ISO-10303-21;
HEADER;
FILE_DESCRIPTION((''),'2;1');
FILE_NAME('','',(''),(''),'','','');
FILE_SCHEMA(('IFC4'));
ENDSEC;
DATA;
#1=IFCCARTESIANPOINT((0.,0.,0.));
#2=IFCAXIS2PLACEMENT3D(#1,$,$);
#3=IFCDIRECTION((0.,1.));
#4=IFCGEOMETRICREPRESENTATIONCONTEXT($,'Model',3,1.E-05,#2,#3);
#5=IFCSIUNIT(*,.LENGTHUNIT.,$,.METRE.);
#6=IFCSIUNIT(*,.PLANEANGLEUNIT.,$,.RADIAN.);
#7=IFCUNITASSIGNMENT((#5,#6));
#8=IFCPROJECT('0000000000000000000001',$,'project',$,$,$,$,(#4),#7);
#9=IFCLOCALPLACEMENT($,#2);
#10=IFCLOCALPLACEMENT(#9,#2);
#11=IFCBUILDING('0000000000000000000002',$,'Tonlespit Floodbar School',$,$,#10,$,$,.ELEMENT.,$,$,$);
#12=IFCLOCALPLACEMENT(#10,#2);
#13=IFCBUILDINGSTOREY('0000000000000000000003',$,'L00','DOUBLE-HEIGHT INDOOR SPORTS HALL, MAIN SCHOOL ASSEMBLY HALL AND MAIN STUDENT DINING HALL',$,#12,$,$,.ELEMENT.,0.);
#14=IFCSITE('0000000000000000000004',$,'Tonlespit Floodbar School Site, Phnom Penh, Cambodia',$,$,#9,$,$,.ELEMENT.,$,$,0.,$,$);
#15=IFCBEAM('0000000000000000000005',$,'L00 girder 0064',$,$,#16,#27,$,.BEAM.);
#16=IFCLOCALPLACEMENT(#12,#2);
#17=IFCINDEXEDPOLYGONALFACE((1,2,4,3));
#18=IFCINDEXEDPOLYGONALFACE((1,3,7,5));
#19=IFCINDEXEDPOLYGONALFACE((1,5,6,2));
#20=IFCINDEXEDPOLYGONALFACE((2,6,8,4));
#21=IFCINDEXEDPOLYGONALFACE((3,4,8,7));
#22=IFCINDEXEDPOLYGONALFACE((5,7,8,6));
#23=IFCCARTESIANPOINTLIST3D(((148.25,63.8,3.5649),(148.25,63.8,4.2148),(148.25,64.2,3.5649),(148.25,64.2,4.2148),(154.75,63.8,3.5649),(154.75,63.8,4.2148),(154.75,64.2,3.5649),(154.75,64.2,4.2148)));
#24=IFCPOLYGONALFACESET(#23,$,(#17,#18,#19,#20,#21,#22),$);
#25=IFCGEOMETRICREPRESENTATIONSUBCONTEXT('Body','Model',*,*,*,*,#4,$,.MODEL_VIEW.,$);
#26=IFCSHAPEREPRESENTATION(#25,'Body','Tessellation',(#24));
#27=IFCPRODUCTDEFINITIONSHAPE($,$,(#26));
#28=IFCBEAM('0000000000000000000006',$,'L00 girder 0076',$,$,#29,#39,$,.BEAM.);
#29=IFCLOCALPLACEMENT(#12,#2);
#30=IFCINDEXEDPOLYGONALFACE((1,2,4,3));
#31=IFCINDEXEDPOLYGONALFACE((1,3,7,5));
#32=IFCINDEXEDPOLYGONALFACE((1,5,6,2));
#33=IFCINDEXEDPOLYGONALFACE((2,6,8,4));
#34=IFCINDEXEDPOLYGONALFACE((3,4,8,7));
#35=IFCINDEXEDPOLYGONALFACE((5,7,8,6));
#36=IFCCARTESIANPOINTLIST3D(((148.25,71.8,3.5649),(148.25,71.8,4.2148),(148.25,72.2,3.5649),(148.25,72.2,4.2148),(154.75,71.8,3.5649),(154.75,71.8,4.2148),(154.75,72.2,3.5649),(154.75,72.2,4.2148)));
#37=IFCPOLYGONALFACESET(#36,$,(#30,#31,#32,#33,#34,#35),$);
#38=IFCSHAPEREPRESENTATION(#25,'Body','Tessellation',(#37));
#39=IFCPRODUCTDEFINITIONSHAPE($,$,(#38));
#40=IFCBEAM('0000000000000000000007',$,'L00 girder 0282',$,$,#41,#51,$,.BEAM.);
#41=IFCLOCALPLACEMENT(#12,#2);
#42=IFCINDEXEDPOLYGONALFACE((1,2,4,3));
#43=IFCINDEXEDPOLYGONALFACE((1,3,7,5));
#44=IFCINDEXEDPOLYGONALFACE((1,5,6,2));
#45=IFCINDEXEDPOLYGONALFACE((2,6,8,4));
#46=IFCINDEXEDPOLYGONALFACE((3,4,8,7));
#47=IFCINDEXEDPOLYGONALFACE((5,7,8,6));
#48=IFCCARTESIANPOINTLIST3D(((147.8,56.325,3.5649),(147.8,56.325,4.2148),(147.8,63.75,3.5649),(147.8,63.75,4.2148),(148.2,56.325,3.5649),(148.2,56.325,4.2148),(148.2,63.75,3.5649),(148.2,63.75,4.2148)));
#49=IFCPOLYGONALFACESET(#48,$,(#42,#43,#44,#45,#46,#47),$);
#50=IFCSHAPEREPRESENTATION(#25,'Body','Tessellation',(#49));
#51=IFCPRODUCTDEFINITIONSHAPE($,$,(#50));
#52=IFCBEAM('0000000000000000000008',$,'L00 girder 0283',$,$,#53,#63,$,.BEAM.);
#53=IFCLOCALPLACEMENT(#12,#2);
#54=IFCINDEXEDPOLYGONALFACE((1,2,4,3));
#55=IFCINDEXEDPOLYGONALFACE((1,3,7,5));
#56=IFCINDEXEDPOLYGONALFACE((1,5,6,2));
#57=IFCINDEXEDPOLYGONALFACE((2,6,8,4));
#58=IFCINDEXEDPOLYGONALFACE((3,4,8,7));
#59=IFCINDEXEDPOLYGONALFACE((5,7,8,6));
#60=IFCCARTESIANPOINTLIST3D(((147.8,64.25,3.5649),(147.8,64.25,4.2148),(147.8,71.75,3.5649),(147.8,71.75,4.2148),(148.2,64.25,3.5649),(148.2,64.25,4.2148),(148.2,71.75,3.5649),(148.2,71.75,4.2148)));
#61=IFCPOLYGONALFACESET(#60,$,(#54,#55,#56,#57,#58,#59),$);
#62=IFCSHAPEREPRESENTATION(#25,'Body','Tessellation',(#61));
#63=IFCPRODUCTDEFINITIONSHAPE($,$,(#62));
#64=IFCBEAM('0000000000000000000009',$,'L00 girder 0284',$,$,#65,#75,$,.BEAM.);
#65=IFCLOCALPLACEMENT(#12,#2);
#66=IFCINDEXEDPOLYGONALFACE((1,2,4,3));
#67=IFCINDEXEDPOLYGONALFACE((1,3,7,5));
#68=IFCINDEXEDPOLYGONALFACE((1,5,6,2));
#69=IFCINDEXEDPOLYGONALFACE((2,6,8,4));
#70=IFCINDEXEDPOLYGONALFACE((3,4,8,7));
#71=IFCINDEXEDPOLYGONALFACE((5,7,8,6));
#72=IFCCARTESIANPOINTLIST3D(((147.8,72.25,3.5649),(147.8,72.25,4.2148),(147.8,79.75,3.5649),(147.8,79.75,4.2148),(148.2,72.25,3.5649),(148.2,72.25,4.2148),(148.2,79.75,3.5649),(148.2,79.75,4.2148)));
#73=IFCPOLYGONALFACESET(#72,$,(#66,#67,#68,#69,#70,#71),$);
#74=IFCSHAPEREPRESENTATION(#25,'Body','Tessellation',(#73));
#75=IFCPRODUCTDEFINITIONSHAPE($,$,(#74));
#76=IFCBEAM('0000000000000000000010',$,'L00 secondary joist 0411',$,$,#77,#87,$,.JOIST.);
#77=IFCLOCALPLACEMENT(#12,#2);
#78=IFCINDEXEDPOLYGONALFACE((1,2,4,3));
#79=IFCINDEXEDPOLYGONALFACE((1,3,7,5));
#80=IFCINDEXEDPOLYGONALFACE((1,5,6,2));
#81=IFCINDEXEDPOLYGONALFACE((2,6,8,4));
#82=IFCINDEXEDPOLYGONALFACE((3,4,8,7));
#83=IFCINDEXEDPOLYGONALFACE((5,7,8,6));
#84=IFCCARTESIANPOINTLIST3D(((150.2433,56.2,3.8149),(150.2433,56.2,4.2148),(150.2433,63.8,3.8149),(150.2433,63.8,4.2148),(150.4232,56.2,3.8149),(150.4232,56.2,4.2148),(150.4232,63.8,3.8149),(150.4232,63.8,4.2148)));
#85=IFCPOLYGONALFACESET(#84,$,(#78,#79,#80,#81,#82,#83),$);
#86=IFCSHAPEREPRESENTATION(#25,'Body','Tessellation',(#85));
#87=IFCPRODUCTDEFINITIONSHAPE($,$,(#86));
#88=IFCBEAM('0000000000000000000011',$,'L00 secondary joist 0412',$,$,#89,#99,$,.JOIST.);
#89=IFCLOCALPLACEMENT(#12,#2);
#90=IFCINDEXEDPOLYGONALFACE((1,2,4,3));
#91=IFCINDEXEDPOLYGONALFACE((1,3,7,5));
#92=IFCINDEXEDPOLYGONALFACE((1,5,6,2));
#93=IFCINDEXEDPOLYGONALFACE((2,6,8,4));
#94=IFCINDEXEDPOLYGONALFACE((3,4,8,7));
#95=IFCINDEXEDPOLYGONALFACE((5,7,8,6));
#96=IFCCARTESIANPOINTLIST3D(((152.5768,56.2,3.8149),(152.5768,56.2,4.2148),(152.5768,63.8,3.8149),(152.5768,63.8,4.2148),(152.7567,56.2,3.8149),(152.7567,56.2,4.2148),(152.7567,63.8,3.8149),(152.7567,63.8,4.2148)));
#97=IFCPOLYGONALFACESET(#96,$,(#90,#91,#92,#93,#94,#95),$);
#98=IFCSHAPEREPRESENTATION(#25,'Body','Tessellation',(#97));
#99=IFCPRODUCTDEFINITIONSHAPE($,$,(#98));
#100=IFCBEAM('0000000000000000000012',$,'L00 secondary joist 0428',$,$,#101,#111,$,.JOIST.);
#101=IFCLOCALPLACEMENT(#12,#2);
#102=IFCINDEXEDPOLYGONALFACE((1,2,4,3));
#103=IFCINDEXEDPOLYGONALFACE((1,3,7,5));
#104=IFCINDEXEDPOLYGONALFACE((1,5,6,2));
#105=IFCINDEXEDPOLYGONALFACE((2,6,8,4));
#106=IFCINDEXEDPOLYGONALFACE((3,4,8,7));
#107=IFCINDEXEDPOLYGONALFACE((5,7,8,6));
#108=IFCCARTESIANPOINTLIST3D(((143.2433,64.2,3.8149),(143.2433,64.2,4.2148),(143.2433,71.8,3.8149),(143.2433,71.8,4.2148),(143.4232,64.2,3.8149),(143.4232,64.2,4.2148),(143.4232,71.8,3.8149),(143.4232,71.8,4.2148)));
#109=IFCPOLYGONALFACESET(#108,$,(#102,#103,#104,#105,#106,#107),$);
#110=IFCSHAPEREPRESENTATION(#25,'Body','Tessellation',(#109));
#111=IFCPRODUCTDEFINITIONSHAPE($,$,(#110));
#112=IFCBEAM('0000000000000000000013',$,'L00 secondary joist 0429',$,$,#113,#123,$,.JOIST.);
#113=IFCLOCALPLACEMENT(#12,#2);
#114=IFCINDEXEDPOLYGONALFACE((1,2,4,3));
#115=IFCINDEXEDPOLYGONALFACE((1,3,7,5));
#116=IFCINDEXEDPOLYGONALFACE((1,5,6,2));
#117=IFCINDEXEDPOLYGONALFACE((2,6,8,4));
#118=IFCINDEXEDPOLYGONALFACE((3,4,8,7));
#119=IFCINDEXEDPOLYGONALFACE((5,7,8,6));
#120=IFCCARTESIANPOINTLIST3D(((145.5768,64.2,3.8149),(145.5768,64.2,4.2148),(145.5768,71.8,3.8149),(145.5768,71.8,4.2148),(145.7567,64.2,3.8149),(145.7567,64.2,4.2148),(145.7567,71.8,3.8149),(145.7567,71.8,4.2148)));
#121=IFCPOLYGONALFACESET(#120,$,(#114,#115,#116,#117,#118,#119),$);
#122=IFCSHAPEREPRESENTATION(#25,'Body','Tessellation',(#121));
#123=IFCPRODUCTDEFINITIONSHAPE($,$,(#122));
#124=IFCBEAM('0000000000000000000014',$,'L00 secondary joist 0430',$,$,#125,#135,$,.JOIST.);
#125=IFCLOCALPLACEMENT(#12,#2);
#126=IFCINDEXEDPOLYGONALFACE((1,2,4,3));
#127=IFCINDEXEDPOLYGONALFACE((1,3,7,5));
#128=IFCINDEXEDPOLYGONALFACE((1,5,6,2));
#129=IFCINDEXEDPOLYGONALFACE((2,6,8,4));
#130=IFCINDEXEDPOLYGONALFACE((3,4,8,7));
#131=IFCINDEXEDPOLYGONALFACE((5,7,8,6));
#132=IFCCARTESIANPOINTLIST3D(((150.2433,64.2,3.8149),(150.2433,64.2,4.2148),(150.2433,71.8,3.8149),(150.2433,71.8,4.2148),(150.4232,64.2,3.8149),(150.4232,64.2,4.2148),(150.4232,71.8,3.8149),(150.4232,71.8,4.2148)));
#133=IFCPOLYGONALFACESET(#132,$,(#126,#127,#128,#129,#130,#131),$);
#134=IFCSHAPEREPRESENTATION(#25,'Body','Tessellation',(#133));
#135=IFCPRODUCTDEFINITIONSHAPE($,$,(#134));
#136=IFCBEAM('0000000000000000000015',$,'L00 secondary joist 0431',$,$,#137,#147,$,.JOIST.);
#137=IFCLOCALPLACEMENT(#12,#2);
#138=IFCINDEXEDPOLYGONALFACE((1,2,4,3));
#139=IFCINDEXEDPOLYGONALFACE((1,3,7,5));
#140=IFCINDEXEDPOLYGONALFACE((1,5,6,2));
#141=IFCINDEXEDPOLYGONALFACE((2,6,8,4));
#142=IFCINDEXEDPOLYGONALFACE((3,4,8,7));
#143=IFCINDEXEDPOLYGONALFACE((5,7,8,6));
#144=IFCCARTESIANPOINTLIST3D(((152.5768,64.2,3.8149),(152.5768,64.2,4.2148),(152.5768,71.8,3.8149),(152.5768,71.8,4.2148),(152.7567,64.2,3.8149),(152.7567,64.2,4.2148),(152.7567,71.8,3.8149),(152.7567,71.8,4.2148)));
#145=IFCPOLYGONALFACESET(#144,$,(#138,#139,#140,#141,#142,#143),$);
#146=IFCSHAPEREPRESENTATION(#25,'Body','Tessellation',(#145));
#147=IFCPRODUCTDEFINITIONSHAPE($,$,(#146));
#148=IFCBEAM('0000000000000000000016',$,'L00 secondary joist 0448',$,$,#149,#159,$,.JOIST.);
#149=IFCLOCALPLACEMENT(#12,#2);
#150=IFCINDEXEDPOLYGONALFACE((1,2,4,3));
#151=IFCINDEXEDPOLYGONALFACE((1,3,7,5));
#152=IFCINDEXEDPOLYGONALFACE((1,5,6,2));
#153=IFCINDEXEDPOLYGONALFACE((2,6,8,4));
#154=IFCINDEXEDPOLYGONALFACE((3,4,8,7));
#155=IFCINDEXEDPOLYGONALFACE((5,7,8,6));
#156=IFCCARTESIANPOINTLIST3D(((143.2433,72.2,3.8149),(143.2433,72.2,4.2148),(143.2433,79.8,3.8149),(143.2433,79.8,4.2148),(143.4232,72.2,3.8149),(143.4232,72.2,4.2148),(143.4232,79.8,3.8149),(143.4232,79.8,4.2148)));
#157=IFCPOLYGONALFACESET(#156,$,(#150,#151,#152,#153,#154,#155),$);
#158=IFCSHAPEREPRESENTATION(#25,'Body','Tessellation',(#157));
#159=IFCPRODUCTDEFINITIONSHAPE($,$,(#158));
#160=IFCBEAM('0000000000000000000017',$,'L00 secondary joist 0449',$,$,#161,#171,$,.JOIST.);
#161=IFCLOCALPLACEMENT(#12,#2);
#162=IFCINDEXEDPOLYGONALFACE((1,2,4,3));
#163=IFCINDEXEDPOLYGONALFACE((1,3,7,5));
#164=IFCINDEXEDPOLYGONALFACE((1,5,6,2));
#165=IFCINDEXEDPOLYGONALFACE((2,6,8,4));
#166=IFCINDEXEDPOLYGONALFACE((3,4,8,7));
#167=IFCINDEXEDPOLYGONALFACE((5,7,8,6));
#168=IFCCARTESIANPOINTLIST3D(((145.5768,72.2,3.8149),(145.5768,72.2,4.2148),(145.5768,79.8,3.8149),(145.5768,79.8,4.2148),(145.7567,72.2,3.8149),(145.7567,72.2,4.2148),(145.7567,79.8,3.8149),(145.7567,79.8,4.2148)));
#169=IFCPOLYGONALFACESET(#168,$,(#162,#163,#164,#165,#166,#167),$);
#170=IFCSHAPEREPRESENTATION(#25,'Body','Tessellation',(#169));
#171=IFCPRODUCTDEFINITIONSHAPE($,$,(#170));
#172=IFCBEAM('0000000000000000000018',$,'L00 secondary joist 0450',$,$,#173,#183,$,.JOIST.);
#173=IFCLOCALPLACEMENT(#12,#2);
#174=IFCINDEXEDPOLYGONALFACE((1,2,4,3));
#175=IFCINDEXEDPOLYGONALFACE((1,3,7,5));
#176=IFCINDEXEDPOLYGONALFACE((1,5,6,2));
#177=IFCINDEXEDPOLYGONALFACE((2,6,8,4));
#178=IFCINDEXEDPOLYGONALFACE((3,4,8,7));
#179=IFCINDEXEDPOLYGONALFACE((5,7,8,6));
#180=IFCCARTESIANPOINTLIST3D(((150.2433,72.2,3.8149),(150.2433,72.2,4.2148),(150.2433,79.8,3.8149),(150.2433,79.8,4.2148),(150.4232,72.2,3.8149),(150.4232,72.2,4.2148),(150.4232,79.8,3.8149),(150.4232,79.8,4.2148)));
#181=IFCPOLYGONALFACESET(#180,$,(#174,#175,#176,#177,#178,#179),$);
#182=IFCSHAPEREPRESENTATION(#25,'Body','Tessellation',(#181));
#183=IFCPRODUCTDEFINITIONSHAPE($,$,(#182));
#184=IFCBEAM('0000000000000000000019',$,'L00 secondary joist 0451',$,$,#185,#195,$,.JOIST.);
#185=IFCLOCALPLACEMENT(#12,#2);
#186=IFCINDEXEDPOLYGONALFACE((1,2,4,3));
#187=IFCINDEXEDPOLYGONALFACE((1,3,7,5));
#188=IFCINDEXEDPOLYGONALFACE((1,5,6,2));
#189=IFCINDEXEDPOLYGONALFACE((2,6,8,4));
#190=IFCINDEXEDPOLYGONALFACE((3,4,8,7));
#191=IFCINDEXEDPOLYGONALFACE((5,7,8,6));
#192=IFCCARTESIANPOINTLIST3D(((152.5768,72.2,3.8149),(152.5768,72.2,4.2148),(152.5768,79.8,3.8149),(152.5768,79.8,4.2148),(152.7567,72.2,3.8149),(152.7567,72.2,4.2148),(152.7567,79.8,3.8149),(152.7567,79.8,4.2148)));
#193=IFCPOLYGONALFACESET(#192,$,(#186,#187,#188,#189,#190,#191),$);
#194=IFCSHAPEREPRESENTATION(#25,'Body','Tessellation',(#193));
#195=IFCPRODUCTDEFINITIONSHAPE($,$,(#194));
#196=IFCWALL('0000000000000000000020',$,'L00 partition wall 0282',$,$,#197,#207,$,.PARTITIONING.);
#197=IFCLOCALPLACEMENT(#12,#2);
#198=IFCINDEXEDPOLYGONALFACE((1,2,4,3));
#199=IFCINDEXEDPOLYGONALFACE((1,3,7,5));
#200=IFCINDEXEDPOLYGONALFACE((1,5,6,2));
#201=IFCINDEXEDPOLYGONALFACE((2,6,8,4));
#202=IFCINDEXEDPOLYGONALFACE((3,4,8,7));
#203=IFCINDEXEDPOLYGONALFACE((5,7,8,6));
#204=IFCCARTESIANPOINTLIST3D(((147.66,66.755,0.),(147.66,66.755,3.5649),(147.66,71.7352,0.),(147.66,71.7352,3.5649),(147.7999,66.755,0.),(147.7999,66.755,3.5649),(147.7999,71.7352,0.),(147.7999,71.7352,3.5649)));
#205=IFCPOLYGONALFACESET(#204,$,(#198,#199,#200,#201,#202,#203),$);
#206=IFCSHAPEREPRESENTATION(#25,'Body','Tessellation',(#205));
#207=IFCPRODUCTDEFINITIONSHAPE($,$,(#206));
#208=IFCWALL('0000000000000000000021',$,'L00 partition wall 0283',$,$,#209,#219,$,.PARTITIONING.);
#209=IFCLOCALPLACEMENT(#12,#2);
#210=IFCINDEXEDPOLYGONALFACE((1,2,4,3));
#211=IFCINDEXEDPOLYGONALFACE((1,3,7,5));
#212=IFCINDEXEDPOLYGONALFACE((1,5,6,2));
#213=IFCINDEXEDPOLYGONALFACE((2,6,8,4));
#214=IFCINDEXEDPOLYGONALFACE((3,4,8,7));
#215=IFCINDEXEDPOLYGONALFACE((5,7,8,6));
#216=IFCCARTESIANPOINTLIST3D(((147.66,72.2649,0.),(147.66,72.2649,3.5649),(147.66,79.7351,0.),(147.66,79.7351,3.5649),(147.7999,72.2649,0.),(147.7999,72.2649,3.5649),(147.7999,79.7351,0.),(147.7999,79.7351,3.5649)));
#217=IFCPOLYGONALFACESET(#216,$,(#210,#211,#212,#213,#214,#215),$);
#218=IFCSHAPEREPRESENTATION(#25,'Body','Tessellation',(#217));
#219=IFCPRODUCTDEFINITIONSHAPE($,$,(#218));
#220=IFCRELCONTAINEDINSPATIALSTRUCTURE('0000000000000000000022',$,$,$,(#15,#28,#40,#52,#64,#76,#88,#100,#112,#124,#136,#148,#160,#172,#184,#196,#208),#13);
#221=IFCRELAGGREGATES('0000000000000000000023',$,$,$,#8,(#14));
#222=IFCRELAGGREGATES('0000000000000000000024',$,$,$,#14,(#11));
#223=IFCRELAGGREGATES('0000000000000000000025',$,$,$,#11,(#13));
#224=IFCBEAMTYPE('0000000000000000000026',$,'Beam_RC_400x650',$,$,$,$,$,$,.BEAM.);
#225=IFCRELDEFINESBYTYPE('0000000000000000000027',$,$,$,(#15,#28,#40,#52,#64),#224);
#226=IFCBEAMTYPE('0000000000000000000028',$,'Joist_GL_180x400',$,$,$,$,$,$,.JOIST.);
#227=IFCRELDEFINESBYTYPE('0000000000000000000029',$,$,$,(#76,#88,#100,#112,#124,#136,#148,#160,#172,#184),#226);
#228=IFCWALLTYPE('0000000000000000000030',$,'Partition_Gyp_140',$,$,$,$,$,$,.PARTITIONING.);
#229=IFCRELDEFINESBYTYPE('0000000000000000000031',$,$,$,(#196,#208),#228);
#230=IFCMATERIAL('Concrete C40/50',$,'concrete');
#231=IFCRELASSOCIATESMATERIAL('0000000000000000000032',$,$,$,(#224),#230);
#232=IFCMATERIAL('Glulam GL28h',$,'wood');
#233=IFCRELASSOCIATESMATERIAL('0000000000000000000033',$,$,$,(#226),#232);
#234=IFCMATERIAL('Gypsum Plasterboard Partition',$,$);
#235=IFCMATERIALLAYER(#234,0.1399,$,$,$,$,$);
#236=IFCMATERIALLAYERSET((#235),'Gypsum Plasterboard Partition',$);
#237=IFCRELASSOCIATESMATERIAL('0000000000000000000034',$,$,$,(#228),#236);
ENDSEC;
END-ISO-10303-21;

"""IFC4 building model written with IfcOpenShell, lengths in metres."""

from ifc_helpers import new_model, si_unit, direction, frame, frame_2d, origin, origin_2d, place, context, subcontext, project, spatial, rectangle, extrude, material, layer, layer_set, material_profile, profile_set, type_object, element, save


model = new_model("IFC4")

# Units and contexts
model_context = context("Model", 3, precision=1e-05, world=origin(), true_north=direction((0.0, 1.0)))
body_context = subcontext(model_context, "Body", "Model", "MODEL_VIEW")
ifc_project = project(units=[si_unit("LENGTHUNIT", "METRE"), si_unit("PLANEANGLEUNIT", "RADIAN")], contexts=[model_context])

# Site, building, storey
site_placement = place(None, origin())
site = spatial("IfcSite", under=ifc_project, at=site_placement, Name="Tonlespit Floodbar School Site, Phnom Penh, Cambodia", CompositionType="ELEMENT", RefElevation=0.0)
building_placement = place(site_placement, origin())
building = spatial("IfcBuilding", under=site, at=building_placement, Name="Tonlespit Floodbar School", CompositionType="ELEMENT")
storey_placement = place(building_placement, origin())
storey = spatial("IfcBuildingStorey", under=building, at=storey_placement, Name="L00", Description="DOUBLE-HEIGHT INDOOR SPORTS HALL, MAIN SCHOOL ASSEMBLY HALL AND MAIN STUDENT DINING HALL", CompositionType="ELEMENT", Elevation=0.0)

# Shared definitions
ifc_material_1 = material(Name="Concrete C40/50", Category="concrete")

# Beams
ifc_material_profile_1 = material_profile(ifc_material_1, rectangle(XDim=0.3999, YDim=0.6499, at=origin_2d()), Name="RC 400x650")
ifc_profile_set_1 = profile_set([ifc_material_profile_1], Name="Concrete C40/50")
beam_type_1 = type_object("IfcBeamType", Name="Beam_RC_400x650", PredefinedType="BEAM", material=ifc_profile_set_1)
for number, where, z_axis, x_axis, name in (
    (1, (148.25, 64.0, 3.8899), (1.0, 0.0, 0.0), (0.0, 1.0, 0.0), "L00 girder 0064"),
    (2, (148.25, 72.0, 3.8899), (1.0, 0.0, 0.0), (0.0, 1.0, 0.0), "L00 girder 0076"),
):
    element("IfcBeam", number, at=place(storey_placement, frame(where, z_axis=z_axis, x_axis=x_axis)), inside=storey, type_object=beam_type_1, Name=name, PredefinedType="BEAM", context=body_context, shape_type="SweptSolid", body=[
        extrude(rectangle(XDim=0.3999, YDim=0.6499, at=origin_2d()), origin(), (0.0, 0.0, 1.0), 6.5),
    ])
beam_placement = place(storey_placement, frame((148.0, 56.325, 3.8899), z_axis=(0.0, 1.0, 0.0), x_axis=(-1.0, 0.0, 0.0)))
element("IfcBeam", 3, at=beam_placement, inside=storey, type_object=beam_type_1, Name="L00 girder 0282", PredefinedType="BEAM", context=body_context, shape_type="SweptSolid", body=[
    extrude(rectangle(XDim=0.3999, YDim=0.6499, at=origin_2d()), origin(), (0.0, 0.0, 1.0), 7.425),
])
for number, where, z_axis, x_axis, name in (
    (4, (148.0, 64.25, 3.8899), (0.0, 1.0, 0.0), (-1.0, 0.0, 0.0), "L00 girder 0283"),
    (5, (148.0, 72.25, 3.8899), (0.0, 1.0, 0.0), (-1.0, 0.0, 0.0), "L00 girder 0284"),
):
    element("IfcBeam", number, at=place(storey_placement, frame(where, z_axis=z_axis, x_axis=x_axis)), inside=storey, type_object=beam_type_1, Name=name, PredefinedType="BEAM", context=body_context, shape_type="SweptSolid", body=[
        extrude(rectangle(XDim=0.3999, YDim=0.6499, at=origin_2d()), origin(), (0.0, 0.0, 1.0), 7.5),
    ])
ifc_material_2 = material(Name="Glulam GL28h", Category="wood")
ifc_material_profile_2 = material_profile(ifc_material_2, rectangle(XDim=0.1799, YDim=0.3999, at=origin_2d()), Name="GL 180x400")
ifc_profile_set_2 = profile_set([ifc_material_profile_2], Name="Glulam GL28h")
beam_type_2 = type_object("IfcBeamType", Name="Joist_GL_180x400", PredefinedType="JOIST", material=ifc_profile_set_2)
for number, where, z_axis, x_axis, name in (
    (6, (150.3333, 56.2, 4.0149), (0.0, 1.0, 0.0), (-1.0, 0.0, 0.0), "L00 secondary joist 0411"),
    (7, (152.6667, 56.2, 4.0149), (0.0, 1.0, 0.0), (-1.0, 0.0, 0.0), "L00 secondary joist 0412"),
    (8, (143.3333, 64.2, 4.0149), (0.0, 1.0, 0.0), (-1.0, 0.0, 0.0), "L00 secondary joist 0428"),
    (9, (145.6667, 64.2, 4.0149), (0.0, 1.0, 0.0), (-1.0, 0.0, 0.0), "L00 secondary joist 0429"),
    (10, (150.3333, 64.2, 4.0149), (0.0, 1.0, 0.0), (-1.0, 0.0, 0.0), "L00 secondary joist 0430"),
    (11, (152.6667, 64.2, 4.0149), (0.0, 1.0, 0.0), (-1.0, 0.0, 0.0), "L00 secondary joist 0431"),
    (12, (143.3333, 72.2, 4.0149), (0.0, 1.0, 0.0), (-1.0, 0.0, 0.0), "L00 secondary joist 0448"),
    (13, (145.6667, 72.2, 4.0149), (0.0, 1.0, 0.0), (-1.0, 0.0, 0.0), "L00 secondary joist 0449"),
    (14, (150.3333, 72.2, 4.0149), (0.0, 1.0, 0.0), (-1.0, 0.0, 0.0), "L00 secondary joist 0450"),
    (15, (152.6667, 72.2, 4.0149), (0.0, 1.0, 0.0), (-1.0, 0.0, 0.0), "L00 secondary joist 0451"),
):
    element("IfcBeam", number, at=place(storey_placement, frame(where, z_axis=z_axis, x_axis=x_axis)), inside=storey, type_object=beam_type_2, Name=name, PredefinedType="JOIST", context=body_context, shape_type="SweptSolid", body=[
        extrude(rectangle(XDim=0.1799, YDim=0.3999, at=origin_2d()), origin(), (0.0, 0.0, 1.0), 7.6001),
    ])

# Walls
ifc_material_3 = material(Name="Gypsum Plasterboard Partition")
ifc_layer_1 = layer(ifc_material_3, 0.1399)
ifc_layer_set_1 = layer_set([ifc_layer_1], Name="Gypsum Plasterboard Partition")
wall_type_1 = type_object("IfcWallType", Name="Partition_Gyp_140", PredefinedType="PARTITIONING", material=ifc_layer_set_1)
wall_1_placement = place(storey_placement, frame((147.73, 66.7549, 0.0), z_axis=(0.0, 0.0, 1.0), x_axis=(0.0, 1.0, 0.0)))
element("IfcWall", 16, at=wall_1_placement, inside=storey, type_object=wall_type_1, Name="L00 partition wall 0282", PredefinedType="PARTITIONING", context=body_context, shape_type="SweptSolid", body=[
    extrude(rectangle(XDim=4.9802, YDim=0.1399, at=frame_2d((2.4902, 0.0))), origin(), (0.0, 0.0, 1.0), 3.5649),
])
wall_2_placement = place(storey_placement, frame((147.73, 72.2649, 0.0), z_axis=(0.0, 0.0, 1.0), x_axis=(0.0, 1.0, 0.0)))
element("IfcWall", 17, at=wall_2_placement, inside=storey, type_object=wall_type_1, Name="L00 partition wall 0283", PredefinedType="PARTITIONING", context=body_context, shape_type="SweptSolid", body=[
    extrude(rectangle(XDim=7.4702, YDim=0.1399, at=frame_2d((3.7351, 0.0))), origin(), (0.0, 0.0, 1.0), 3.5649),
])

save(model, "model.ifc")
